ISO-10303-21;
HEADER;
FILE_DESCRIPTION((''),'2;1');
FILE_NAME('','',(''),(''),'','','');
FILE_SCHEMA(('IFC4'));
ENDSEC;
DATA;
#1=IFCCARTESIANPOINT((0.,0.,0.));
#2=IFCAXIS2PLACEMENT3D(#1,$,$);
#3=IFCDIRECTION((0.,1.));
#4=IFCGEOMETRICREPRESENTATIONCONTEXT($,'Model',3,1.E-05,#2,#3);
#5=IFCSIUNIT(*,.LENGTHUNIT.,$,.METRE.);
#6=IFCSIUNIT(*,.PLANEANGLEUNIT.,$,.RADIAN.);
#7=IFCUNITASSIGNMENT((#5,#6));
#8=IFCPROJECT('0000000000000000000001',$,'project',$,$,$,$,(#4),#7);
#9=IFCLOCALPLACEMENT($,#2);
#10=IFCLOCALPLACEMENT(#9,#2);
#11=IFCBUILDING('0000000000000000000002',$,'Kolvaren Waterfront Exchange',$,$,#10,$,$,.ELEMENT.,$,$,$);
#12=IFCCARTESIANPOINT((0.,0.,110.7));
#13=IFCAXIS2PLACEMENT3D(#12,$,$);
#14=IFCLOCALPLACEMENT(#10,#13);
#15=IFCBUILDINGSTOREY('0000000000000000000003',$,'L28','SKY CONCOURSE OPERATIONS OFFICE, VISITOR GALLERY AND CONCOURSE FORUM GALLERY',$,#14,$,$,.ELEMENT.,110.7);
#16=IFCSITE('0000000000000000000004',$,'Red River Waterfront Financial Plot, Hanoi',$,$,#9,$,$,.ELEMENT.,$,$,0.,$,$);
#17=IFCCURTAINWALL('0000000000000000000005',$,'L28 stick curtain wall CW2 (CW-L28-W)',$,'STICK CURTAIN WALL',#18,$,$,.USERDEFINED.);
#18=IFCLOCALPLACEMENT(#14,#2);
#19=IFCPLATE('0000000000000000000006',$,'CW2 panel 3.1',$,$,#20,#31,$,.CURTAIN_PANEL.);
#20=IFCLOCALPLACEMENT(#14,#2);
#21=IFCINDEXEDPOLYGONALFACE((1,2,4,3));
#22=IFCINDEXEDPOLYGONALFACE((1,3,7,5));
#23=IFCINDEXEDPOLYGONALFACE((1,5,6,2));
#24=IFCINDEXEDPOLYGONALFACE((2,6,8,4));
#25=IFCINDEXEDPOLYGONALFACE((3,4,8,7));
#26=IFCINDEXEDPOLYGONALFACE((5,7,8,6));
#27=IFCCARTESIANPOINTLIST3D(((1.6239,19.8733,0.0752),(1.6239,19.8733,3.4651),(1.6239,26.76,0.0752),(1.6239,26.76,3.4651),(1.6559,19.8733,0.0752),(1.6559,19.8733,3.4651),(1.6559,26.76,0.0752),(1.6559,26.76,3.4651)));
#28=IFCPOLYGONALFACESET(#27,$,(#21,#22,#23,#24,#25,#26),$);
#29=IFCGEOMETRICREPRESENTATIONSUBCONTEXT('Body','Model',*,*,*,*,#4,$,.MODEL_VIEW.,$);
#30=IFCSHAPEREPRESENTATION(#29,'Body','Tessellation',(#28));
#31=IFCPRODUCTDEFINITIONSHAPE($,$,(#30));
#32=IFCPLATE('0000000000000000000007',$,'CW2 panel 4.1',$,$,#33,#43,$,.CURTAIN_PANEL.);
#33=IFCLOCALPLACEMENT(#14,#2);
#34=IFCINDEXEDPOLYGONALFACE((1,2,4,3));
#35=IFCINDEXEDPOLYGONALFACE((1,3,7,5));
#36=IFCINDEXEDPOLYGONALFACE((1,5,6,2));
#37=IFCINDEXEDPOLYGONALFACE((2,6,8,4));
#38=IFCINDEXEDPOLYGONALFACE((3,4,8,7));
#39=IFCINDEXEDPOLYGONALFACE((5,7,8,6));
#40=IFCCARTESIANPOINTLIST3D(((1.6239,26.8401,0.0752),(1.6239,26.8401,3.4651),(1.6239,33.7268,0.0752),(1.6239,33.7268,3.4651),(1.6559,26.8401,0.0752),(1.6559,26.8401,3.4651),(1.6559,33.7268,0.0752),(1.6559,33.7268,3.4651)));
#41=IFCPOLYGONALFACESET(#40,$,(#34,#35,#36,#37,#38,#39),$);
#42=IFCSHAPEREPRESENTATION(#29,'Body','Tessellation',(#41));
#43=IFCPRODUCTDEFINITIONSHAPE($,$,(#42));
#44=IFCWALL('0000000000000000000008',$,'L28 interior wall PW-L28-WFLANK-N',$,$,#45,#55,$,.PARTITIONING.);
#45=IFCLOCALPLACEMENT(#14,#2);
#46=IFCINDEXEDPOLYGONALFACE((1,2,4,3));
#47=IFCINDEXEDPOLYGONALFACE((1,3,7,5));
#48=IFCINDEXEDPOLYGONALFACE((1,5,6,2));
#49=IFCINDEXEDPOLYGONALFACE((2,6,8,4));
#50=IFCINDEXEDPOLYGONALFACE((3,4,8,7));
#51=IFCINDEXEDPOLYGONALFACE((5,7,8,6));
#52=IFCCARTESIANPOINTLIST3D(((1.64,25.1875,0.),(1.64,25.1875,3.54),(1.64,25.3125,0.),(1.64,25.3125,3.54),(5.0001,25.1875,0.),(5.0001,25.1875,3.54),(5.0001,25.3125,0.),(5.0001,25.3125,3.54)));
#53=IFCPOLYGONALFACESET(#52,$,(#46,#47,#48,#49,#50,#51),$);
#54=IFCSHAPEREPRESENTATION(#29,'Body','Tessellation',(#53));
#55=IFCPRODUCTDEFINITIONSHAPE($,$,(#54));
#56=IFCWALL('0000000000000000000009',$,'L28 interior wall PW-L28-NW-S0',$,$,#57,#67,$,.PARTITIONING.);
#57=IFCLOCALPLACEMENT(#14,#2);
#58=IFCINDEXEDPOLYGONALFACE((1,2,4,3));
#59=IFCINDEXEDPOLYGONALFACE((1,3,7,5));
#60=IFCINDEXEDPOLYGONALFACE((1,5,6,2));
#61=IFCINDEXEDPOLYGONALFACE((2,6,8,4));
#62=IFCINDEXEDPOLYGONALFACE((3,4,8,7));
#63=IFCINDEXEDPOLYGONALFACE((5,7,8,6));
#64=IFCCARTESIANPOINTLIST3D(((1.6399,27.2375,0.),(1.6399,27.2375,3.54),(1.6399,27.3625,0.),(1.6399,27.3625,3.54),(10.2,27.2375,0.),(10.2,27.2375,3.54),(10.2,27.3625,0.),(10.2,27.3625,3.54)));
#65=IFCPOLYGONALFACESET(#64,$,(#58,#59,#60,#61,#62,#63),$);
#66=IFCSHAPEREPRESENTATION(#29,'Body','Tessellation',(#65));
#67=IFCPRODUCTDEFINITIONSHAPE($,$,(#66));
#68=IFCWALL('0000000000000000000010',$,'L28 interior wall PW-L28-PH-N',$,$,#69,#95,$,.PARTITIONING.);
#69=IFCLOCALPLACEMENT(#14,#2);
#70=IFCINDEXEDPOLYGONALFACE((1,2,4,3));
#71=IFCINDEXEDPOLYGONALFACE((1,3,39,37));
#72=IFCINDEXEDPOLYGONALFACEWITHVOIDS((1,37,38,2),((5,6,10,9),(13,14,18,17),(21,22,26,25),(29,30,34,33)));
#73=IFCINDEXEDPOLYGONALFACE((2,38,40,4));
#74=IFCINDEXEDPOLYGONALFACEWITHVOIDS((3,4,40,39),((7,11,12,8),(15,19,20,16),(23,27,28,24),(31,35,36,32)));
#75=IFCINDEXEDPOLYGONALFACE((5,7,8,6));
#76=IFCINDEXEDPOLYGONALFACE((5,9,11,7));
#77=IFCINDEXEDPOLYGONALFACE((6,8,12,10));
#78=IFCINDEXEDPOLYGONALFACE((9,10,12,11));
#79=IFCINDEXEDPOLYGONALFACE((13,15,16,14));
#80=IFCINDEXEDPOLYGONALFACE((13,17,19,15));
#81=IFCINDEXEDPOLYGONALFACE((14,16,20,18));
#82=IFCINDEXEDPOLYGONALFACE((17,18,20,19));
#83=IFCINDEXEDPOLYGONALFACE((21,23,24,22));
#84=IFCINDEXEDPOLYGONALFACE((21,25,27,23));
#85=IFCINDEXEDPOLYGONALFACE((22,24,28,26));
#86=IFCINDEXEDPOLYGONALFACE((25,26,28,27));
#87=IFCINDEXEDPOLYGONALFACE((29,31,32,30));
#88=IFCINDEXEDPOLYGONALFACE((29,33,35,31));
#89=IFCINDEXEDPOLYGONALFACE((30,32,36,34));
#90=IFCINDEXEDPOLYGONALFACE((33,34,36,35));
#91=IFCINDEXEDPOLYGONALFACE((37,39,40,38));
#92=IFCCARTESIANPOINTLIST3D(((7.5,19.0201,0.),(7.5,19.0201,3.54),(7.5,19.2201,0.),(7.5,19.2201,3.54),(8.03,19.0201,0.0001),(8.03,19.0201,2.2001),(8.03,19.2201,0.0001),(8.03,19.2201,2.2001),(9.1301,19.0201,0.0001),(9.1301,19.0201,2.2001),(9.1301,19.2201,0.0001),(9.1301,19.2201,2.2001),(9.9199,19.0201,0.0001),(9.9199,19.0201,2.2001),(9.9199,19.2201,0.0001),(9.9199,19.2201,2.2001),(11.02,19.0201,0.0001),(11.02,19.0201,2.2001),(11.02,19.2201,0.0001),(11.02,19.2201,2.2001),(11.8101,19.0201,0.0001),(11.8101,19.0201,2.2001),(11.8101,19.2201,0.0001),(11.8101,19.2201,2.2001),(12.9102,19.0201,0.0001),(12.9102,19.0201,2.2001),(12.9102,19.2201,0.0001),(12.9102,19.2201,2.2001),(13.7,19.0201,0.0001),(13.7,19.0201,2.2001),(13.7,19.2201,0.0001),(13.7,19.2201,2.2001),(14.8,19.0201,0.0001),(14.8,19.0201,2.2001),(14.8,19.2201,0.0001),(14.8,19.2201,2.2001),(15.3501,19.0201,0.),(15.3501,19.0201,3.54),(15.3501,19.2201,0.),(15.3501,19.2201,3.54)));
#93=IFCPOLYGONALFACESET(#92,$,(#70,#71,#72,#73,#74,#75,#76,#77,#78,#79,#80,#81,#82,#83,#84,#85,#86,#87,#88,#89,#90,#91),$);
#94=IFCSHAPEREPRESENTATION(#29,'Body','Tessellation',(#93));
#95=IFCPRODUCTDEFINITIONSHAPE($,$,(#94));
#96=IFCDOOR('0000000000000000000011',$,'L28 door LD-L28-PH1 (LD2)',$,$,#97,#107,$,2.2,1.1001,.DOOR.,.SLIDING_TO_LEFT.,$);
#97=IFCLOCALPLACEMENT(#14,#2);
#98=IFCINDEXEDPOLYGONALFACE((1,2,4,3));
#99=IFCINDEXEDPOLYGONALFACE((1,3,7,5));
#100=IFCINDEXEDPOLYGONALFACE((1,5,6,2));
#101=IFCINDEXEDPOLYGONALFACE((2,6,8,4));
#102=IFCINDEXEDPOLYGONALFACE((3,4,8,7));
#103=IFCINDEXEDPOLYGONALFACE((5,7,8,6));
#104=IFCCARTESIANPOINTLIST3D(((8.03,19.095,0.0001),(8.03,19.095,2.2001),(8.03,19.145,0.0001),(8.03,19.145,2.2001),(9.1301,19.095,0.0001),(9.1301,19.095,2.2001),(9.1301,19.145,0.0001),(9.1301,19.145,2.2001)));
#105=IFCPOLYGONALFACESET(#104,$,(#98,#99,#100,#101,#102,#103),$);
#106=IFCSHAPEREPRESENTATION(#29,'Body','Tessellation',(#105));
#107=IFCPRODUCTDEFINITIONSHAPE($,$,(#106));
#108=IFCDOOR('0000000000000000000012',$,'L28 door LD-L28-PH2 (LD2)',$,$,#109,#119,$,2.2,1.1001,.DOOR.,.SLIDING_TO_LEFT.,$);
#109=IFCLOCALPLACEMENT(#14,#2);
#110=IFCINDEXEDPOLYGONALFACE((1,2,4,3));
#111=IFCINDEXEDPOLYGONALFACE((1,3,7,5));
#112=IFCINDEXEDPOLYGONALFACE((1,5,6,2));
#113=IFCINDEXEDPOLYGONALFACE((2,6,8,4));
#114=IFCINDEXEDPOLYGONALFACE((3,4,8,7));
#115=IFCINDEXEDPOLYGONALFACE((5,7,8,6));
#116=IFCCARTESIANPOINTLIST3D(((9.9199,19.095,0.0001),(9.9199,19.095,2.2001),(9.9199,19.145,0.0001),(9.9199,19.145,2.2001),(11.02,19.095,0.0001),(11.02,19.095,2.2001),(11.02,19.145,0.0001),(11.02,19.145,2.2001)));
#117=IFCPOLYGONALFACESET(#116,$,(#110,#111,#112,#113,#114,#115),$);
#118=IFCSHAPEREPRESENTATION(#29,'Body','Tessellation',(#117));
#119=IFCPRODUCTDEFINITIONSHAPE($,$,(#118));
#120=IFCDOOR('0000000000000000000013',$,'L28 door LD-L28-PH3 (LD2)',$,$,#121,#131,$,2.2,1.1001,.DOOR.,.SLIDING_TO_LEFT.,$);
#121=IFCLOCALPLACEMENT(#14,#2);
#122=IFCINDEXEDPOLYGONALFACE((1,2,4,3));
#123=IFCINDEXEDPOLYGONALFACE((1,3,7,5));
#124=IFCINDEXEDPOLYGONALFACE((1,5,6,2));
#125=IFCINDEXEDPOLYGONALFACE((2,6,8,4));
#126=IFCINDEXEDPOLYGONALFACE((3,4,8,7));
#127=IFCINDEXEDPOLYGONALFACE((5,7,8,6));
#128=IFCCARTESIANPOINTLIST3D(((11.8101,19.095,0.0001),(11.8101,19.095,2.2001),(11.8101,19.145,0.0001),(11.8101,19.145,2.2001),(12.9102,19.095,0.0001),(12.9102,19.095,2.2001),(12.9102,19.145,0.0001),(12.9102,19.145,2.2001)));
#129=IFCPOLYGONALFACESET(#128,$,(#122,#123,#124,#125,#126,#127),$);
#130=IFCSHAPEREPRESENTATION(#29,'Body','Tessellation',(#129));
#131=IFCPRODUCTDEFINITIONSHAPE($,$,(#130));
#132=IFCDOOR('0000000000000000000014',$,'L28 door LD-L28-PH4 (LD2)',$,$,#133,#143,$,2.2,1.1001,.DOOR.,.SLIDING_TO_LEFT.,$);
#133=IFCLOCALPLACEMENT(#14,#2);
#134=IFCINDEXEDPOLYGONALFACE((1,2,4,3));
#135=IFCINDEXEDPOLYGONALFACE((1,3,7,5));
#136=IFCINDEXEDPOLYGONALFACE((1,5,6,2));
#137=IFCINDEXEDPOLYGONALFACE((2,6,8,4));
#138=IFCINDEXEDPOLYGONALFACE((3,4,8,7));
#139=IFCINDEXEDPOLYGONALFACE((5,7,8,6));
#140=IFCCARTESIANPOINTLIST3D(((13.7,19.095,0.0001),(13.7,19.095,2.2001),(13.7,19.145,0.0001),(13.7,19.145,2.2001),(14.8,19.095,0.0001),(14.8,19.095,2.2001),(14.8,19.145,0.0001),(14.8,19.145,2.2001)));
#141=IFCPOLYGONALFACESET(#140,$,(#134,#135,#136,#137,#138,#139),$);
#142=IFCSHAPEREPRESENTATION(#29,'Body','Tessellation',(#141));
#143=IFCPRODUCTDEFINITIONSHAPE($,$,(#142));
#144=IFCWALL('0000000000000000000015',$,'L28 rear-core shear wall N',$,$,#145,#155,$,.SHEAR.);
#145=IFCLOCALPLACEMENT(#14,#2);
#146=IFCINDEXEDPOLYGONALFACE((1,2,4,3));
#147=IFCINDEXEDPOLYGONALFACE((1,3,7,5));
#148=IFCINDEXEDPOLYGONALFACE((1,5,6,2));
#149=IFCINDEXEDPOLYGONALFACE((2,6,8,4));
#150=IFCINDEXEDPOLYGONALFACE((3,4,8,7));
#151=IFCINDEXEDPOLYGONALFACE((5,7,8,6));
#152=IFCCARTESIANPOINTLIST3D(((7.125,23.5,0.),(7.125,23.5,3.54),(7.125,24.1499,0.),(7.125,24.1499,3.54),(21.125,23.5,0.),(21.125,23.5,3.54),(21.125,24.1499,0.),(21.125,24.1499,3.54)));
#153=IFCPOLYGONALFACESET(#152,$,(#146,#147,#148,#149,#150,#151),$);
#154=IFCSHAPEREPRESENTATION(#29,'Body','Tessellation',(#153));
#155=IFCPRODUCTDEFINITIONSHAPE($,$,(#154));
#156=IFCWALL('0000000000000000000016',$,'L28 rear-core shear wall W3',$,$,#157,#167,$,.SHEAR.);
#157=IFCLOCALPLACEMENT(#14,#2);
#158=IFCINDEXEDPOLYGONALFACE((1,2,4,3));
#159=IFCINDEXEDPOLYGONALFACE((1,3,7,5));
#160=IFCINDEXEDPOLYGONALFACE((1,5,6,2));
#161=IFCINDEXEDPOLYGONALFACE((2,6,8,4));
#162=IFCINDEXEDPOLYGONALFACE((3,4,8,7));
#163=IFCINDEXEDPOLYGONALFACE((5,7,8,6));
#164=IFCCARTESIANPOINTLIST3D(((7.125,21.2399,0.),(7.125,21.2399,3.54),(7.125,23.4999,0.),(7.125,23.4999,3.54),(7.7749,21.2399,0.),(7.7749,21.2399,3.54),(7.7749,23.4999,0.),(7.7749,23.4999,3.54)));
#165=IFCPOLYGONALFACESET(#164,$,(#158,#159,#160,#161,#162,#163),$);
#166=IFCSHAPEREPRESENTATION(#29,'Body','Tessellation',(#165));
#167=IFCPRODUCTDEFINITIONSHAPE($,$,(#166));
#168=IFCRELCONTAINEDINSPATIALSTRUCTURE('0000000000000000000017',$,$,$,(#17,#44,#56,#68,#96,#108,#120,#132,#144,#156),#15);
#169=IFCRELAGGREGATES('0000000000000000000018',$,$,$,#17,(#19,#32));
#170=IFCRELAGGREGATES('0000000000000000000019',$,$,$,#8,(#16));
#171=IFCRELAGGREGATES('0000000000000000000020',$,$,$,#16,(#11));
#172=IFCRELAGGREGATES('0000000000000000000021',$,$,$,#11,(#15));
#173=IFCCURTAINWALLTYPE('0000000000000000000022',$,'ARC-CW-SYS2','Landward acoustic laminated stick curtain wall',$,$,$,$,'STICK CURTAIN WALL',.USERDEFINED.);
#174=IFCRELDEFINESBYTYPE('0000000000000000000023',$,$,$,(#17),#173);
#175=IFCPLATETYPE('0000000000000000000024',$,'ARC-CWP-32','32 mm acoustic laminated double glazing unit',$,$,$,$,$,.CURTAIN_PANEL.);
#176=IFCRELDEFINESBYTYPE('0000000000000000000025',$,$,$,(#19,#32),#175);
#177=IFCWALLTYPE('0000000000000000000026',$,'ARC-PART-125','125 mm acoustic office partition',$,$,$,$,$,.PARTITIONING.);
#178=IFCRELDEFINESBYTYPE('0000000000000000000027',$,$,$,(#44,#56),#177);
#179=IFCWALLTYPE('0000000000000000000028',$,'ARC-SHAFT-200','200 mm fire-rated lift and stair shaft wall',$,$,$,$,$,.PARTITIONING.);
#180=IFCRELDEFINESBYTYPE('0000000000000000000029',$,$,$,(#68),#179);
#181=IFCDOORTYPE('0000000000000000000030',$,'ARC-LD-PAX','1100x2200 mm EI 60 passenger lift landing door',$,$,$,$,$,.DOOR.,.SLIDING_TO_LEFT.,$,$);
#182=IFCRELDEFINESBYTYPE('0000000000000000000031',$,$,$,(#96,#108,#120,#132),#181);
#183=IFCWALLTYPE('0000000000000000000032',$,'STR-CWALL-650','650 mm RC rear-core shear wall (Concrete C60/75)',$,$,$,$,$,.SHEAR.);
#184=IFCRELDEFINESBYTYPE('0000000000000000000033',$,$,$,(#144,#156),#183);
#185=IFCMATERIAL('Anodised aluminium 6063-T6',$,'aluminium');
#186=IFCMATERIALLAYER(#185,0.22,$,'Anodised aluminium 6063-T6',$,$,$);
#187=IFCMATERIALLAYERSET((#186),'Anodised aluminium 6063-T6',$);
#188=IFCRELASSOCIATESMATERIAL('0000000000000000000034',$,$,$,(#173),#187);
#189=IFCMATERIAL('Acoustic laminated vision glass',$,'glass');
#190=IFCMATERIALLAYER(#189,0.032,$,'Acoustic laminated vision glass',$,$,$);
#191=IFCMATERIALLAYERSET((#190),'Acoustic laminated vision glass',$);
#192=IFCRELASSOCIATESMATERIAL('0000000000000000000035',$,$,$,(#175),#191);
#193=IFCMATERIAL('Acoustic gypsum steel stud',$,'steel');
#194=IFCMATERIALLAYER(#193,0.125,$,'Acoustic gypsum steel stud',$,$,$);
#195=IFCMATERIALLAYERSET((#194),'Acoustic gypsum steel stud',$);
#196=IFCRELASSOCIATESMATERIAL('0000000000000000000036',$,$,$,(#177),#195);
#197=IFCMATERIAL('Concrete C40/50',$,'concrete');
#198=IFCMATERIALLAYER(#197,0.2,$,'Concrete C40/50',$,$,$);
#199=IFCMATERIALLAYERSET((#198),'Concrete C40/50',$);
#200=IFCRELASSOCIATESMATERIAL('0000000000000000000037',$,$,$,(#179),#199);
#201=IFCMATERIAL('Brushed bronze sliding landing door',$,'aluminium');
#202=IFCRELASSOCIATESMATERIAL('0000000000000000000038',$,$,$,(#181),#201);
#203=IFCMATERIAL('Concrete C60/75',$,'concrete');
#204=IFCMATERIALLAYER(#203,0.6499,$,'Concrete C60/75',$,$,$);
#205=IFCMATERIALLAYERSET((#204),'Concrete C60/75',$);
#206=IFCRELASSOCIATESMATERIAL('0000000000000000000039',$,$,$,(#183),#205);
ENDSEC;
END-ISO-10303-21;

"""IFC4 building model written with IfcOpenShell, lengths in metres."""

from ifc_helpers import new_model, si_unit, direction, frame, frame_2d, origin, origin_with_axes, origin_2d, place, context, subcontext, project, spatial, rectangle, extrude, source, transform, mapped, material, layer, layer_set, type_object, element, fill, aggregate, save


model = new_model("IFC4")

# Units and contexts
model_context = context("Model", 3, precision=1e-05, world=origin(), true_north=direction((0.0, 1.0)))
body_context = subcontext(model_context, "Body", "Model", "MODEL_VIEW")
ifc_project = project(units=[si_unit("LENGTHUNIT", "METRE"), si_unit("PLANEANGLEUNIT", "RADIAN")], contexts=[model_context])

# Site, building, storey
site_placement = place(None, origin())
site = spatial("IfcSite", under=ifc_project, at=site_placement, Name="Red River Waterfront Financial Plot, Hanoi", CompositionType="ELEMENT", RefElevation=0.0)
building_placement = place(site_placement, origin())
building = spatial("IfcBuilding", under=site, at=building_placement, Name="Kolvaren Waterfront Exchange", CompositionType="ELEMENT")
storey_placement = place(building_placement, frame((0.0, 0.0, 110.7)))
storey = spatial("IfcBuildingStorey", under=building, at=storey_placement, Name="L28", Description="SKY CONCOURSE OPERATIONS OFFICE, VISITOR GALLERY AND CONCOURSE FORUM GALLERY", CompositionType="ELEMENT", Elevation=110.7)

# Shared definitions
ifc_material_1 = material(Name="Concrete C60/75", Category="concrete")

# Curtain wall, plates
ifc_material_2 = material(Name="Anodised aluminium 6063-T6", Category="aluminium")
ifc_layer_1 = layer(ifc_material_2, 0.22, Name="Anodised aluminium 6063-T6")
ifc_layer_set_1 = layer_set([ifc_layer_1], Name="Anodised aluminium 6063-T6")
curtain_wall_type = type_object("IfcCurtainWallType", Name="ARC-CW-SYS2", Description="Landward acoustic laminated stick curtain wall", ElementType="STICK CURTAIN WALL", PredefinedType="USERDEFINED", material=ifc_layer_set_1)
curtain_wall_placement = place(storey_placement, origin())
curtain_wall = element("IfcCurtainWall", 1, at=curtain_wall_placement, inside=storey, type_object=curtain_wall_type, Name="L28 stick curtain wall CW2 (CW-L28-W)", ObjectType="STICK CURTAIN WALL", PredefinedType="USERDEFINED")
ifc_material_3 = material(Name="Acoustic laminated vision glass", Category="glass")
ifc_layer_2 = layer(ifc_material_3, 0.032, Name="Acoustic laminated vision glass")
ifc_layer_set_2 = layer_set([ifc_layer_2], Name="Acoustic laminated vision glass")
plate_type = type_object("IfcPlateType", Name="ARC-CWP-32", Description="32 mm acoustic laminated double glazing unit", PredefinedType="CURTAIN_PANEL", material=ifc_layer_set_2)
shared_shape_1 = source(origin_with_axes(), body_context, "Body", "SweptSolid", [
    extrude(rectangle(XDim=6.8867, YDim=0.032, at=origin_2d()), origin(), (0.0, 0.0, 1.0), 3.3899),
])
plate_1_placement = place(storey_placement, frame((1.6399, 23.3167, 0.0752), z_axis=(0.0, 0.0, 1.0), x_axis=(0.0, 1.0, 0.0)))
plate_1 = element("IfcPlate", 2, at=plate_1_placement, type_object=plate_type, Name="CW2 panel 3.1", PredefinedType="CURTAIN_PANEL", context=body_context, shape_type="MappedRepresentation", body=[
    mapped(shared_shape_1, transform((0.0, 0.0, 0.0), x_axis=(1.0, 0.0, 0.0), y_axis=(0.0, 1.0, 0.0), z_axis=(0.0, 0.0, 1.0), scale=1.0)),
])
plate_2_placement = place(storey_placement, frame((1.6399, 30.2834, 0.0752), z_axis=(0.0, 0.0, 1.0), x_axis=(0.0, 1.0, 0.0)))
plate_2 = element("IfcPlate", 3, at=plate_2_placement, type_object=plate_type, Name="CW2 panel 4.1", PredefinedType="CURTAIN_PANEL", context=body_context, shape_type="MappedRepresentation", body=[
    mapped(shared_shape_1, transform((0.0, 0.0, 0.0), x_axis=(1.0, 0.0, 0.0), y_axis=(0.0, 1.0, 0.0), z_axis=(0.0, 0.0, 1.0), scale=1.0)),
])
aggregate(curtain_wall, [plate_1, plate_2])

# Walls
ifc_material_4 = material(Name="Acoustic gypsum steel stud", Category="steel")
ifc_layer_3 = layer(ifc_material_4, 0.125, Name="Acoustic gypsum steel stud")
ifc_layer_set_3 = layer_set([ifc_layer_3], Name="Acoustic gypsum steel stud")
wall_type_1 = type_object("IfcWallType", Name="ARC-PART-125", Description="125 mm acoustic office partition", PredefinedType="PARTITIONING", material=ifc_layer_set_3)
wall_1_placement = place(storey_placement, frame((1.6399, 25.25, 0.0), z_axis=(0.0, 0.0, 1.0), x_axis=(1.0, 0.0, 0.0)))
element("IfcWall", 4, at=wall_1_placement, inside=storey, type_object=wall_type_1, Name="L28 interior wall PW-L28-WFLANK-N", PredefinedType="PARTITIONING", context=body_context, shape_type="SweptSolid", body=[
    extrude(rectangle(XDim=3.3601, YDim=0.125, at=frame_2d((1.6802, 0.0))), origin(), (0.0, 0.0, 1.0), 3.54),
])
wall_2_placement = place(storey_placement, frame((1.6399, 27.3, 0.0), z_axis=(0.0, 0.0, 1.0), x_axis=(1.0, 0.0, 0.0)))
element("IfcWall", 5, at=wall_2_placement, inside=storey, type_object=wall_type_1, Name="L28 interior wall PW-L28-NW-S0", PredefinedType="PARTITIONING", context=body_context, shape_type="SweptSolid", body=[
    extrude(rectangle(XDim=8.5601, YDim=0.125, at=frame_2d((4.28, 0.0))), origin(), (0.0, 0.0, 1.0), 3.54),
])

# Wall, openings, doors
ifc_material_5 = material(Name="Concrete C40/50", Category="concrete")
ifc_layer_4 = layer(ifc_material_5, 0.2, Name="Concrete C40/50")
ifc_layer_set_4 = layer_set([ifc_layer_4], Name="Concrete C40/50")
wall_type_2 = type_object("IfcWallType", Name="ARC-SHAFT-200", Description="200 mm fire-rated lift and stair shaft wall", PredefinedType="PARTITIONING", material=ifc_layer_set_4)
wall_3_placement = place(storey_placement, frame((7.5, 19.1201, 0.0), z_axis=(0.0, 0.0, 1.0), x_axis=(1.0, 0.0, 0.0)))
wall_3 = element("IfcWall", 6, at=wall_3_placement, inside=storey, type_object=wall_type_2, Name="L28 interior wall PW-L28-PH-N", PredefinedType="PARTITIONING", context=body_context, shape_type="SweptSolid", body=[
    extrude(rectangle(XDim=7.8501, YDim=0.2, at=frame_2d((3.925, 0.0))), origin(), (0.0, 0.0, 1.0), 3.54),
])
opening_1_placement = place(wall_3_placement, frame((0.53, 0.0, 0.0)))
opening_1 = element("IfcOpeningElement", 7, at=opening_1_placement, cuts=wall_3, PredefinedType="OPENING", context=body_context, shape_type="SweptSolid", body=[
    extrude(rectangle(XDim=1.1001, YDim=2.2, at=frame_2d((0.55, 1.1001))), frame((0.0, 0.1099, 0.0), z_axis=(0.0, -1.0, 0.0), x_axis=(1.0, 0.0, 0.0)), (0.0, 0.0, 1.0), 0.22),
])
opening_2_placement = place(wall_3_placement, frame((2.4199, 0.0, 0.0)))
opening_2 = element("IfcOpeningElement", 8, at=opening_2_placement, cuts=wall_3, PredefinedType="OPENING", context=body_context, shape_type="SweptSolid", body=[
    extrude(rectangle(XDim=1.1001, YDim=2.2, at=frame_2d((0.55, 1.1001))), frame((0.0, 0.1099, 0.0), z_axis=(0.0, -1.0, 0.0), x_axis=(1.0, 0.0, 0.0)), (0.0, 0.0, 1.0), 0.22),
])
opening_3_placement = place(wall_3_placement, frame((4.3101, 0.0, 0.0)))
opening_3 = element("IfcOpeningElement", 9, at=opening_3_placement, cuts=wall_3, PredefinedType="OPENING", context=body_context, shape_type="SweptSolid", body=[
    extrude(rectangle(XDim=1.1001, YDim=2.2, at=frame_2d((0.55, 1.1001))), frame((0.0, 0.1099, 0.0), z_axis=(0.0, -1.0, 0.0), x_axis=(1.0, 0.0, 0.0)), (0.0, 0.0, 1.0), 0.22),
])
opening_4_placement = place(wall_3_placement, frame((6.2, 0.0, 0.0)))
opening_4 = element("IfcOpeningElement", 10, at=opening_4_placement, cuts=wall_3, PredefinedType="OPENING", context=body_context, shape_type="SweptSolid", body=[
    extrude(rectangle(XDim=1.1001, YDim=2.2, at=frame_2d((0.55, 1.1001))), frame((0.0, 0.1099, 0.0), z_axis=(0.0, -1.0, 0.0), x_axis=(1.0, 0.0, 0.0)), (0.0, 0.0, 1.0), 0.22),
])
ifc_material_6 = material(Name="Brushed bronze sliding landing door", Category="aluminium")
door_type = type_object("IfcDoorType", Name="ARC-LD-PAX", Description="1100x2200 mm EI 60 passenger lift landing door", OperationType="SLIDING_TO_LEFT", PredefinedType="DOOR", material=ifc_material_6)
door_1_placement = place(opening_1_placement, origin())
door_1 = element("IfcDoor", 11, at=door_1_placement, inside=storey, type_object=door_type, Name="L28 door LD-L28-PH1 (LD2)", OperationType="SLIDING_TO_LEFT", OverallHeight=2.2, OverallWidth=1.1001, PredefinedType="DOOR", context=body_context, shape_type="SweptSolid", body=[
    extrude(rectangle(XDim=1.1001, YDim=2.2, at=frame_2d((0.55, 1.1001))), frame((0.0, 0.0249, 0.0), z_axis=(0.0, -1.0, 0.0), x_axis=(1.0, 0.0, 0.0)), (0.0, 0.0, 1.0), 0.05),
])
fill(opening_1, door_1)
door_2_placement = place(opening_2_placement, origin())
door_2 = element("IfcDoor", 12, at=door_2_placement, inside=storey, type_object=door_type, Name="L28 door LD-L28-PH2 (LD2)", OperationType="SLIDING_TO_LEFT", OverallHeight=2.2, OverallWidth=1.1001, PredefinedType="DOOR", context=body_context, shape_type="SweptSolid", body=[
    extrude(rectangle(XDim=1.1001, YDim=2.2, at=frame_2d((0.55, 1.1001))), frame((0.0, 0.0249, 0.0), z_axis=(0.0, -1.0, 0.0), x_axis=(1.0, 0.0, 0.0)), (0.0, 0.0, 1.0), 0.05),
])
fill(opening_2, door_2)
door_3_placement = place(opening_3_placement, origin())
door_3 = element("IfcDoor", 13, at=door_3_placement, inside=storey, type_object=door_type, Name="L28 door LD-L28-PH3 (LD2)", OperationType="SLIDING_TO_LEFT", OverallHeight=2.2, OverallWidth=1.1001, PredefinedType="DOOR", context=body_context, shape_type="SweptSolid", body=[
    extrude(rectangle(XDim=1.1001, YDim=2.2, at=frame_2d((0.55, 1.1001))), frame((0.0, 0.0249, 0.0), z_axis=(0.0, -1.0, 0.0), x_axis=(1.0, 0.0, 0.0)), (0.0, 0.0, 1.0), 0.05),
])
fill(opening_3, door_3)
door_4_placement = place(opening_4_placement, origin())
door_4 = element("IfcDoor", 14, at=door_4_placement, inside=storey, type_object=door_type, Name="L28 door LD-L28-PH4 (LD2)", OperationType="SLIDING_TO_LEFT", OverallHeight=2.2, OverallWidth=1.1001, PredefinedType="DOOR", context=body_context, shape_type="SweptSolid", body=[
    extrude(rectangle(XDim=1.1001, YDim=2.2, at=frame_2d((0.55, 1.1001))), frame((0.0, 0.0249, 0.0), z_axis=(0.0, -1.0, 0.0), x_axis=(1.0, 0.0, 0.0)), (0.0, 0.0, 1.0), 0.05),
])
fill(opening_4, door_4)

# Walls
ifc_layer_5 = layer(ifc_material_1, 0.6499, Name="Concrete C60/75")
ifc_layer_set_5 = layer_set([ifc_layer_5], Name="Concrete C60/75")
wall_type_3 = type_object("IfcWallType", Name="STR-CWALL-650", Description="650 mm RC rear-core shear wall (Concrete C60/75)", PredefinedType="SHEAR", material=ifc_layer_set_5)
wall_4_placement = place(storey_placement, frame((7.125, 23.825, 0.0), z_axis=(0.0, 0.0, 1.0), x_axis=(1.0, 0.0, 0.0)))
element("IfcWall", 15, at=wall_4_placement, inside=storey, type_object=wall_type_3, Name="L28 rear-core shear wall N", PredefinedType="SHEAR", context=body_context, shape_type="SweptSolid", body=[
    extrude(rectangle(XDim=14.0, YDim=0.6499, at=frame_2d((7.0, 0.0))), origin(), (0.0, 0.0, 1.0), 3.54),
])
wall_5_placement = place(storey_placement, frame((7.45, 21.24, 0.0), z_axis=(0.0, 0.0, 1.0), x_axis=(0.0, 1.0, 0.0)))
element("IfcWall", 16, at=wall_5_placement, inside=storey, type_object=wall_type_3, Name="L28 rear-core shear wall W3", PredefinedType="SHEAR", context=body_context, shape_type="SweptSolid", body=[
    extrude(rectangle(XDim=2.26, YDim=0.6499, at=frame_2d((1.1299, 0.0))), origin(), (0.0, 0.0, 1.0), 3.54),
])

save(model, "model.ifc")
